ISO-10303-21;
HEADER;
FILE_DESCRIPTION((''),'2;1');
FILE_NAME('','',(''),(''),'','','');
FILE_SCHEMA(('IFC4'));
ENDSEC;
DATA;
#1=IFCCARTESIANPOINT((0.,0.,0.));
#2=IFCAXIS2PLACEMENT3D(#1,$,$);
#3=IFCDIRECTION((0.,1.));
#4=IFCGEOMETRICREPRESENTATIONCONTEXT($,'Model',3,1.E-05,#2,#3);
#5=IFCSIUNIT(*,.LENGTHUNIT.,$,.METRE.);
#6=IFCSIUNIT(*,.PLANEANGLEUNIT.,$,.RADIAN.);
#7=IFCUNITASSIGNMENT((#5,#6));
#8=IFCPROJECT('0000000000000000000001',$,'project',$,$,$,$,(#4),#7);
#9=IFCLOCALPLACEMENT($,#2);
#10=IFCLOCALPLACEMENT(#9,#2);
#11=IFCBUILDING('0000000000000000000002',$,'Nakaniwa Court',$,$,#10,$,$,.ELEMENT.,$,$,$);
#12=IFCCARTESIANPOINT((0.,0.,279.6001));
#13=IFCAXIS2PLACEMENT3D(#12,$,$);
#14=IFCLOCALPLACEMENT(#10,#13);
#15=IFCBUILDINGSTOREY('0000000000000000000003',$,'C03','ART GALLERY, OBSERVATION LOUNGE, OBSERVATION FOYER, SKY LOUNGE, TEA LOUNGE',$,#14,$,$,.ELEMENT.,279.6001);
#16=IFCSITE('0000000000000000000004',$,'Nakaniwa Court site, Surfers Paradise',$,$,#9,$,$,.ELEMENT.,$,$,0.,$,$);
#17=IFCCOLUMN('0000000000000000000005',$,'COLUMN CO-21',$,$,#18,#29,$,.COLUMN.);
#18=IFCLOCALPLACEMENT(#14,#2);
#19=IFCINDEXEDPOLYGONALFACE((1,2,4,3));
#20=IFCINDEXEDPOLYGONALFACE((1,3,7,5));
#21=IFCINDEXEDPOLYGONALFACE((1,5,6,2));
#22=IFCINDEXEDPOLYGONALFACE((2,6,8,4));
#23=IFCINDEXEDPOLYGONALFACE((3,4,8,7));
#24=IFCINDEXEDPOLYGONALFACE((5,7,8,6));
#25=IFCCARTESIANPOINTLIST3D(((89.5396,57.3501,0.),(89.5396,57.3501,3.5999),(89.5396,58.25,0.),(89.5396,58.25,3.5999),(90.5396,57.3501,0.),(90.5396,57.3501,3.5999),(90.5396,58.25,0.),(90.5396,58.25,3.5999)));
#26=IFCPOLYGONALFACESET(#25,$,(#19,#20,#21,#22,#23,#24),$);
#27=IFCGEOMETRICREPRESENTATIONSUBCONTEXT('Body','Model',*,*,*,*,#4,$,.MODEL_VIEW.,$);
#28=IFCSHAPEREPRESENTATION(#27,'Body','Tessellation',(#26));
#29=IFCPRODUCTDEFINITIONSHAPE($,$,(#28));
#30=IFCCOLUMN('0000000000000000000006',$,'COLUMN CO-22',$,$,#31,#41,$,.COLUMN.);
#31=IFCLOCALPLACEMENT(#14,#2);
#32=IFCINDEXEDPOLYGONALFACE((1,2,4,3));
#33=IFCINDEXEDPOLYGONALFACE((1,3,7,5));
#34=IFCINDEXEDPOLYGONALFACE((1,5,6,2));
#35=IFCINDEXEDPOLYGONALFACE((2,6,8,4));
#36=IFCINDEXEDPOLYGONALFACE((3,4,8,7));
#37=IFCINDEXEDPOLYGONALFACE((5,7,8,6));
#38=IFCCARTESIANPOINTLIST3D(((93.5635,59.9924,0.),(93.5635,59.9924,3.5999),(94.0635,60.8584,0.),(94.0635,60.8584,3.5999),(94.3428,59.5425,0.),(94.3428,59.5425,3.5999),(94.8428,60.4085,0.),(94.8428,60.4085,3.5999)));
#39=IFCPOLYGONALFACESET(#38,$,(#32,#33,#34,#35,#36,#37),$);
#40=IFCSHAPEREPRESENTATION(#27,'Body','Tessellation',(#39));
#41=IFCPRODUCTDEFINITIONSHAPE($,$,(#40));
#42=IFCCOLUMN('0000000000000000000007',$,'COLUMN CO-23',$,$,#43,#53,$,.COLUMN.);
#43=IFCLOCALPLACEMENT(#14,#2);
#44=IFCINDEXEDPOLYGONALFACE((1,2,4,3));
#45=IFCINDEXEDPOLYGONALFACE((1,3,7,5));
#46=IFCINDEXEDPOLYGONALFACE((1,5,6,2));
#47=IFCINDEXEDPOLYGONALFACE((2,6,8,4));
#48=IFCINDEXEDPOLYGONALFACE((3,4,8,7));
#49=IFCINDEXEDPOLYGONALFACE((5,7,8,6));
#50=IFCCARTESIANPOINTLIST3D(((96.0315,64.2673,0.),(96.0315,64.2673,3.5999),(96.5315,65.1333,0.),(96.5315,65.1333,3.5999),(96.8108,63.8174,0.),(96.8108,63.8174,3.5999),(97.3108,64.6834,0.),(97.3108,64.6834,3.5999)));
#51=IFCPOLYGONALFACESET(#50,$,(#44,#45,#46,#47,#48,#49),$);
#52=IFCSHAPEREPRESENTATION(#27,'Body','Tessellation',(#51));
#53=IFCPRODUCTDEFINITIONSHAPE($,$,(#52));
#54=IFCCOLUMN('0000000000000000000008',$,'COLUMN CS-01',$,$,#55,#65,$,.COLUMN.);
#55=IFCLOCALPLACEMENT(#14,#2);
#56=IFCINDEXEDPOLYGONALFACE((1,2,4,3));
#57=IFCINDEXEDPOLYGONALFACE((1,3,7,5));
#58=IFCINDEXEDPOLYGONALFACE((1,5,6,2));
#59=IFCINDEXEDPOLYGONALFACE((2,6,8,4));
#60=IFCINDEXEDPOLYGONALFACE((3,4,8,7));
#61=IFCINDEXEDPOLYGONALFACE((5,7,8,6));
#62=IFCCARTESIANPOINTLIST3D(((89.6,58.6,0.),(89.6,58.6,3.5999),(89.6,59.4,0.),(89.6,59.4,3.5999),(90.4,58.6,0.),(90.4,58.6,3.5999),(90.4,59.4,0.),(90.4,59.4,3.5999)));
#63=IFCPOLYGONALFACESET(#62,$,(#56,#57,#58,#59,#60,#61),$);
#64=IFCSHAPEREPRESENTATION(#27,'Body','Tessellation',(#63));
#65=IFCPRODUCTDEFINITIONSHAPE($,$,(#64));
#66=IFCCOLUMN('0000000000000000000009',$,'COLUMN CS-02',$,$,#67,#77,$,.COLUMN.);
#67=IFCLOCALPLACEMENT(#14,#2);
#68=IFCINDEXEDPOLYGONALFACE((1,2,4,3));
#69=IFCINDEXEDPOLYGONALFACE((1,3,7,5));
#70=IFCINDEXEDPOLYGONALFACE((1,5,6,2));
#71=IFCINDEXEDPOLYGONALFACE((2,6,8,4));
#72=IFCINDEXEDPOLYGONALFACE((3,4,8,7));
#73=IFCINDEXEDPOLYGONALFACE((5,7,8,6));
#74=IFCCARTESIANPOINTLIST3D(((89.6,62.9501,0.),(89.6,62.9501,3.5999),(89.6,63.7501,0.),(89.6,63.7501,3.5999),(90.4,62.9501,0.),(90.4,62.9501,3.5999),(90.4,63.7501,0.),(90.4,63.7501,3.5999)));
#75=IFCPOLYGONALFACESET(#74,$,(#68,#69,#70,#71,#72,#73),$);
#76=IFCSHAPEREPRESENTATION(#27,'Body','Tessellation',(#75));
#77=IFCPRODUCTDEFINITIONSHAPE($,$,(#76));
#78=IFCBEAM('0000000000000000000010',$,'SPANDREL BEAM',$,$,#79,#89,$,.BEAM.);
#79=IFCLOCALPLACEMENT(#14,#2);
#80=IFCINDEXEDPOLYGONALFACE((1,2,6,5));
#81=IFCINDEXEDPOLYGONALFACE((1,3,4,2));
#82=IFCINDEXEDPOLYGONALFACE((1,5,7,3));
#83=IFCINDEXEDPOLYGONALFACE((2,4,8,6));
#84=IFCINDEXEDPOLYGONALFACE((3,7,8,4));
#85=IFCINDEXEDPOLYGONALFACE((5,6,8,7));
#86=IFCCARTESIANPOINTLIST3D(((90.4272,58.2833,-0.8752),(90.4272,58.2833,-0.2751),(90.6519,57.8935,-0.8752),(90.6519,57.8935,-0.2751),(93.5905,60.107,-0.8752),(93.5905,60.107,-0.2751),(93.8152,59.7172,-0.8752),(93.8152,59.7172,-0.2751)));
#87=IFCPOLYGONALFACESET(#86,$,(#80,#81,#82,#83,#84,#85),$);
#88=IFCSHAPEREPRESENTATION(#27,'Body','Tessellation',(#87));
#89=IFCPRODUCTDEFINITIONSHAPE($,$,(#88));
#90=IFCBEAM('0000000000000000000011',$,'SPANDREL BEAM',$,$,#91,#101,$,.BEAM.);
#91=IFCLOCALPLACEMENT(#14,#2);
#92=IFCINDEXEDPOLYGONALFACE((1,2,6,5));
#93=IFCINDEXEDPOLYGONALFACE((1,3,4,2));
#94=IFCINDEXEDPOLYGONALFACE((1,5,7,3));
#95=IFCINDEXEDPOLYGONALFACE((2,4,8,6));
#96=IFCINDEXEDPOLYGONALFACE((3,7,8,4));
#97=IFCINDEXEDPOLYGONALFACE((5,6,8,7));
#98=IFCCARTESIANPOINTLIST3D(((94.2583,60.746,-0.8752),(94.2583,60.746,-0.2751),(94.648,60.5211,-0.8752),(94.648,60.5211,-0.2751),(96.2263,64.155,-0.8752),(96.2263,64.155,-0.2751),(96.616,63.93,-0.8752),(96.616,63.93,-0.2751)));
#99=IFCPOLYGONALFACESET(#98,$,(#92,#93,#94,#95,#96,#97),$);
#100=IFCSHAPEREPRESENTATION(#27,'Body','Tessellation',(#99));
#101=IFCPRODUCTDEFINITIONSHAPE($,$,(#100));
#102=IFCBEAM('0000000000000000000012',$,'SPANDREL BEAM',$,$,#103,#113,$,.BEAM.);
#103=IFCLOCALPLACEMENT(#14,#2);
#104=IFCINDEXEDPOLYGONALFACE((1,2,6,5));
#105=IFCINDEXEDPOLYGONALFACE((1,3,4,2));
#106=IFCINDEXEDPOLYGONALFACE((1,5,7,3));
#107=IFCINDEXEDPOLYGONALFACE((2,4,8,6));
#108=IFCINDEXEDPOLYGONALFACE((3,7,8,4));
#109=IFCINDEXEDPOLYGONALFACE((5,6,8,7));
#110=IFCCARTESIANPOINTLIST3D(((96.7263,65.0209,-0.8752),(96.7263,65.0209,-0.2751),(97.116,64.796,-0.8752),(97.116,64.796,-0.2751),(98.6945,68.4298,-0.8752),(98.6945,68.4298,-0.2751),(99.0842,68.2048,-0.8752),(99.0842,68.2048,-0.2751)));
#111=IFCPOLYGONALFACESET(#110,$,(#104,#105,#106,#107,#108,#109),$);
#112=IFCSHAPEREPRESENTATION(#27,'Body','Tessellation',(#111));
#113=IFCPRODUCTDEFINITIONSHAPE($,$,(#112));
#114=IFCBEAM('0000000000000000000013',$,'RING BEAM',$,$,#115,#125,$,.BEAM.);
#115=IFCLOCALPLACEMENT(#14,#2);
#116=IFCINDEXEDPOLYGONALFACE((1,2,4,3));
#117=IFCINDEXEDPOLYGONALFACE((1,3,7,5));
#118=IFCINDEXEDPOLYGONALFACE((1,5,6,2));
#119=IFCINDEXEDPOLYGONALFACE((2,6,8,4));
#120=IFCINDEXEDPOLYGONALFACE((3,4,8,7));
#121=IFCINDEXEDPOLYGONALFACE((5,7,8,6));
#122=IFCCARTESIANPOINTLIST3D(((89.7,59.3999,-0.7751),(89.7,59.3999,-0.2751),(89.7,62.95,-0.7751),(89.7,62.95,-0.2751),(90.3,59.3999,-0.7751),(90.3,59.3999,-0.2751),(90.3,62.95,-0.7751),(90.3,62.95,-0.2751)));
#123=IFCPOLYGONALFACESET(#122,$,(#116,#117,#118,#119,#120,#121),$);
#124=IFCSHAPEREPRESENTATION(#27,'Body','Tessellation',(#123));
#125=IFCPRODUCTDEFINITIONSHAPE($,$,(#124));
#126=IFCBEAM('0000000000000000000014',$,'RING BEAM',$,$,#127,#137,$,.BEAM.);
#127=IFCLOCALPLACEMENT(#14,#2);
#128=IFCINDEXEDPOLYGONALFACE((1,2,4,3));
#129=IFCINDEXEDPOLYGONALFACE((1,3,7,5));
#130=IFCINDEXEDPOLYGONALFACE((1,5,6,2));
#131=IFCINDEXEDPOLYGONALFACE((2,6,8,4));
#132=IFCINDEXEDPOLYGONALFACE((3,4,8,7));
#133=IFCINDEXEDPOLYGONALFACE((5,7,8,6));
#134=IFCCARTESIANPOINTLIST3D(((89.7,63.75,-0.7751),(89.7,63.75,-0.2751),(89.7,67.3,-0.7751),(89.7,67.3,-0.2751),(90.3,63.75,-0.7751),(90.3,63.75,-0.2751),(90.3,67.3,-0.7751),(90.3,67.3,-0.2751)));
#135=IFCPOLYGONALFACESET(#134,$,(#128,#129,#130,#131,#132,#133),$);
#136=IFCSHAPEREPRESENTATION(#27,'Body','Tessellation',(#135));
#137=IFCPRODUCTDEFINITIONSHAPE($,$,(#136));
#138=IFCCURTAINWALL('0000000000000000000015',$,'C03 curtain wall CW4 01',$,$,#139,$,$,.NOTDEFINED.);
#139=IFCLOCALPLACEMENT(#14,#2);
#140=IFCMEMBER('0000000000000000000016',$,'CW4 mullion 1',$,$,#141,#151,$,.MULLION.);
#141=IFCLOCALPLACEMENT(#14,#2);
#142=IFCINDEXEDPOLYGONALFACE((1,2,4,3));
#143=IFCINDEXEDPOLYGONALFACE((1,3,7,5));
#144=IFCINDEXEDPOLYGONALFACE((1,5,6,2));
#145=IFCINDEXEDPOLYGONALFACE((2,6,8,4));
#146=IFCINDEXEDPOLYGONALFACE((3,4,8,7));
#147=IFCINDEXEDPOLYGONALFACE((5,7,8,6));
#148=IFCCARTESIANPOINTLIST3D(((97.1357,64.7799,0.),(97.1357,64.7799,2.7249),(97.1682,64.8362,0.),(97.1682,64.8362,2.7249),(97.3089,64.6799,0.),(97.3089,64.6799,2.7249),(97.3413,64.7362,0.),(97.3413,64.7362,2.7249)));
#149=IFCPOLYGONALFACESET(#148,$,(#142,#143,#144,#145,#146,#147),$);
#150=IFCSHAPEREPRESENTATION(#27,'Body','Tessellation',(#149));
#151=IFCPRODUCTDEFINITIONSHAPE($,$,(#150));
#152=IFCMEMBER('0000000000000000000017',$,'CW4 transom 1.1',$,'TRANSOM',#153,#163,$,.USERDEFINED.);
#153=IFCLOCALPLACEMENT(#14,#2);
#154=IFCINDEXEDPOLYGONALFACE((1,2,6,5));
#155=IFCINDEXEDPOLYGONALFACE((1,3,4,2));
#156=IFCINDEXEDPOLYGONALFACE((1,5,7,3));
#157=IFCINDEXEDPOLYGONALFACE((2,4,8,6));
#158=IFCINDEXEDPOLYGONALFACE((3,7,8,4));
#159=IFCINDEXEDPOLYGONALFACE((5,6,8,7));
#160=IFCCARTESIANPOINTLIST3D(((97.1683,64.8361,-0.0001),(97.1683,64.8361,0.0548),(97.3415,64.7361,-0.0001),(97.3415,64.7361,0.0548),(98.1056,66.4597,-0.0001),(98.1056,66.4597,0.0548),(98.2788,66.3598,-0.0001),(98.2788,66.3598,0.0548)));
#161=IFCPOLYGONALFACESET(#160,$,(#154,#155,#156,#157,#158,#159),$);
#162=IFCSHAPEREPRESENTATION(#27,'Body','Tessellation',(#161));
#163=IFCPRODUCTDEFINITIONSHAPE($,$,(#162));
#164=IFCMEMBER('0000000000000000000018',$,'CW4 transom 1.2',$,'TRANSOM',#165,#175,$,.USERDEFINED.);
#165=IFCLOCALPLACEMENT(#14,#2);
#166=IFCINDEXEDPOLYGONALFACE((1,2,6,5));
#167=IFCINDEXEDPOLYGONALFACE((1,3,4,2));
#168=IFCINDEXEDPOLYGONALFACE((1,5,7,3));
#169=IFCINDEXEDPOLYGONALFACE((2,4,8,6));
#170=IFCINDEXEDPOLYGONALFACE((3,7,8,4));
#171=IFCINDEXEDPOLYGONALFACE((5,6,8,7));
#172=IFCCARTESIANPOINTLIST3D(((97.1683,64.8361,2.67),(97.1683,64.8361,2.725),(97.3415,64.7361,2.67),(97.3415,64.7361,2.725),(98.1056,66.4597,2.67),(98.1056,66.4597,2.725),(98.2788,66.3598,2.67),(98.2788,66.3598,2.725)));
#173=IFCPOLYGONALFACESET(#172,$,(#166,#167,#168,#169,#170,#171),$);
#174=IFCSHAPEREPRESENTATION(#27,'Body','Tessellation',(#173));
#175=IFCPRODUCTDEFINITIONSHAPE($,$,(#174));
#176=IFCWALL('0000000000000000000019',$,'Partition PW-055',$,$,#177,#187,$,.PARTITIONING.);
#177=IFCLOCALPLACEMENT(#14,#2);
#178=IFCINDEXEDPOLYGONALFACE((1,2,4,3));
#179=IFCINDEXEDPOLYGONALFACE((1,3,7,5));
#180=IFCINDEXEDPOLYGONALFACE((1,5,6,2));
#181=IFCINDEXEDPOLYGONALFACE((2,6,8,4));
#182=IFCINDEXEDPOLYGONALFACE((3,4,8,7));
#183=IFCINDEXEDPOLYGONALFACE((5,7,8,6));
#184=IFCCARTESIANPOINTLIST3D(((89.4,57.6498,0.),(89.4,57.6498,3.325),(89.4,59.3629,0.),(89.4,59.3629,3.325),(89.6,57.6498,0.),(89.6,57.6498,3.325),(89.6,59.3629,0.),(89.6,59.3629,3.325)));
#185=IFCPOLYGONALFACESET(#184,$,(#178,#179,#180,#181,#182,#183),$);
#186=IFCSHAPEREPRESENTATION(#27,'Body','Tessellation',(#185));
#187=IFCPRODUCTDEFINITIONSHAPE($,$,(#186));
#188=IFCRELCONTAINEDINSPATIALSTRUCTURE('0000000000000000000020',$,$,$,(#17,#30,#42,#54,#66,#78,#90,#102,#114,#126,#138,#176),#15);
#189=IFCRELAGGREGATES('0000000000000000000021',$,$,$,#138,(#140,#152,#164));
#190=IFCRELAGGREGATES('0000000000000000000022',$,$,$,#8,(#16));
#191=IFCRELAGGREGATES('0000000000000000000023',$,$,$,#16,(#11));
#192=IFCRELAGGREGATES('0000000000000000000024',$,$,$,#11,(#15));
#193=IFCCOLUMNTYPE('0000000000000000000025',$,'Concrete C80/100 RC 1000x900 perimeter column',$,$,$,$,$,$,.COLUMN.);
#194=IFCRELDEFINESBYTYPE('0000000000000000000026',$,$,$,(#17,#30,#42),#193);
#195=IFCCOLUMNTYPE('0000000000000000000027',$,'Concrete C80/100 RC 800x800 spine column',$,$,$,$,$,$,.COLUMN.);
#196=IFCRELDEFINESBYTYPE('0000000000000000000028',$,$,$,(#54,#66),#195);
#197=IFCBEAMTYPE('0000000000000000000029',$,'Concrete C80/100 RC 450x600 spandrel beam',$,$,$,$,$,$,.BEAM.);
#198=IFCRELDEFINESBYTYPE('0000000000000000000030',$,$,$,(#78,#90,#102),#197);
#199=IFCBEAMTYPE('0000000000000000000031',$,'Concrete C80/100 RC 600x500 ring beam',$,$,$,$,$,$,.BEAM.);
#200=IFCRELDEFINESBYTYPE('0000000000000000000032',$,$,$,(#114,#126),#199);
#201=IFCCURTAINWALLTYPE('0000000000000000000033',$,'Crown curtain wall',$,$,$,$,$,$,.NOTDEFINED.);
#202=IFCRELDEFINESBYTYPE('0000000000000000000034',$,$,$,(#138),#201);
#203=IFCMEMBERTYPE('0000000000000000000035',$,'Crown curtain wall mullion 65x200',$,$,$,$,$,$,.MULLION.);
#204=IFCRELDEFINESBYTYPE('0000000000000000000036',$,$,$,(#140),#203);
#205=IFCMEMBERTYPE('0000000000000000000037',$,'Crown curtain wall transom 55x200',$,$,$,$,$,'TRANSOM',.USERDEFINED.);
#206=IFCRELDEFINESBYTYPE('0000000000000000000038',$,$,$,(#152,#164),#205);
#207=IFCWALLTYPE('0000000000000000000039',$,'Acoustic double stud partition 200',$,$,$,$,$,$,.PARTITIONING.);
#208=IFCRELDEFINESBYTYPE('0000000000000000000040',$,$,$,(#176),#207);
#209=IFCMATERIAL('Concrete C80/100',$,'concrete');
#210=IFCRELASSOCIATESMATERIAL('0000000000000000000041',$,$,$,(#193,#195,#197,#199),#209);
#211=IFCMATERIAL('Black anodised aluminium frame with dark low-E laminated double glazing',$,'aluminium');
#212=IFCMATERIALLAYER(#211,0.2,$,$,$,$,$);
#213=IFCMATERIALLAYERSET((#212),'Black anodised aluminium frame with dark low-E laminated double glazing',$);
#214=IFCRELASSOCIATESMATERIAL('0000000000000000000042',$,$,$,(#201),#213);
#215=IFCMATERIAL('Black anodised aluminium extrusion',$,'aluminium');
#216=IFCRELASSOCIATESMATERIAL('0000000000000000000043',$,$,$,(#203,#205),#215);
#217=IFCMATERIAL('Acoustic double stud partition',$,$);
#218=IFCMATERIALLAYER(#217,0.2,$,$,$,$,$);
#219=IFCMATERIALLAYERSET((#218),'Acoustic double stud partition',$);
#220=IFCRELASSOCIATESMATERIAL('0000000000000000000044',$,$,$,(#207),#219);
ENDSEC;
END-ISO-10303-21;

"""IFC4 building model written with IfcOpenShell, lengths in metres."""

from ifc_helpers import new_model, si_unit, direction, frame, frame_2d, origin, origin_2d, place, context, subcontext, project, spatial, rectangle, extrude, material, layer, layer_set, material_profile, profile_set, type_object, element, aggregate, save


model = new_model("IFC4")

# Units and contexts
model_context = context("Model", 3, precision=1e-05, world=origin(), true_north=direction((0.0, 1.0)))
body_context = subcontext(model_context, "Body", "Model", "MODEL_VIEW")
ifc_project = project(units=[si_unit("LENGTHUNIT", "METRE"), si_unit("PLANEANGLEUNIT", "RADIAN")], contexts=[model_context])

# Site, building, storey
site_placement = place(None, origin())
site = spatial("IfcSite", under=ifc_project, at=site_placement, Name="Nakaniwa Court site, Surfers Paradise", CompositionType="ELEMENT", RefElevation=0.0)
building_placement = place(site_placement, origin())
building = spatial("IfcBuilding", under=site, at=building_placement, Name="Nakaniwa Court", CompositionType="ELEMENT")
storey_placement = place(building_placement, frame((0.0, 0.0, 279.6001)))
storey = spatial("IfcBuildingStorey", under=building, at=storey_placement, Name="C03", Description="ART GALLERY, OBSERVATION LOUNGE, OBSERVATION FOYER, SKY LOUNGE, TEA LOUNGE", CompositionType="ELEMENT", Elevation=279.6001)

# Columns
ifc_material_1 = material(Name="Concrete C80/100", Category="concrete")
ifc_material_profile_1 = material_profile(ifc_material_1, rectangle(XDim=1.0, YDim=0.8999, at=origin_2d()), Name="Concrete C80/100 RC 1000x900 perimeter column")
ifc_profile_set_1 = profile_set([ifc_material_profile_1], Name="Concrete C80/100")
column_type_1 = type_object("IfcColumnType", Name="Concrete C80/100 RC 1000x900 perimeter column", PredefinedType="COLUMN", material=ifc_profile_set_1)
for number, where, z_axis, x_axis, name in (
    (1, (90.0396, 57.8, 0.0), (0.0, 0.0, 1.0), (1.0, 0.0, 0.0), "COLUMN CO-21"),
    (2, (94.2031, 60.2004, 0.0), (0.0, 0.0, 1.0), (0.5, 0.866025, 0.0), "COLUMN CO-22"),
    (3, (96.6711, 64.4753, 0.0), (0.0, 0.0, 1.0), (0.5, 0.866025, 0.0), "COLUMN CO-23"),
):
    element("IfcColumn", number, at=place(storey_placement, frame(where, z_axis=z_axis, x_axis=x_axis)), inside=storey, type_object=column_type_1, Name=name, PredefinedType="COLUMN", context=body_context, shape_type="SweptSolid", body=[
        extrude(rectangle(XDim=1.0, YDim=0.8999, at=origin_2d()), origin(), (0.0, 0.0, 1.0), 3.5999),
    ])
ifc_material_profile_2 = material_profile(ifc_material_1, rectangle(XDim=0.8, YDim=0.8, at=origin_2d()), Name="Concrete C80/100 RC 800x800 spine column")
ifc_profile_set_2 = profile_set([ifc_material_profile_2], Name="Concrete C80/100")
column_type_2 = type_object("IfcColumnType", Name="Concrete C80/100 RC 800x800 spine column", PredefinedType="COLUMN", material=ifc_profile_set_2)
for number, where, z_axis, x_axis, name in (
    (4, (90.0, 59.0, 0.0), (0.0, 0.0, 1.0), (0.0, 1.0, 0.0), "COLUMN CS-01"),
    (5, (90.0, 63.3501, 0.0), (0.0, 0.0, 1.0), (0.0, 1.0, 0.0), "COLUMN CS-02"),
):
    element("IfcColumn", number, at=place(storey_placement, frame(where, z_axis=z_axis, x_axis=x_axis)), inside=storey, type_object=column_type_2, Name=name, PredefinedType="COLUMN", context=body_context, shape_type="SweptSolid", body=[
        extrude(rectangle(XDim=0.8, YDim=0.8, at=origin_2d()), origin(), (0.0, 0.0, 1.0), 3.5999),
    ])

# Beams
ifc_material_profile_3 = material_profile(ifc_material_1, rectangle(XDim=0.45, YDim=0.6001, at=origin_2d()), Name="Concrete C80/100 RC 450x600 spandrel beam")
ifc_profile_set_3 = profile_set([ifc_material_profile_3], Name="Concrete C80/100")
beam_type_1 = type_object("IfcBeamType", Name="Concrete C80/100 RC 450x600 spandrel beam", PredefinedType="BEAM", material=ifc_profile_set_3)
beam_placement = place(storey_placement, frame((90.5396, 58.0884, -0.5752), z_axis=(0.866336, 0.499462, 0.0), x_axis=(-0.499462, 0.866336, 0.0)))
element("IfcBeam", 6, at=beam_placement, inside=storey, type_object=beam_type_1, Name="SPANDREL BEAM", PredefinedType="BEAM", context=body_context, shape_type="SweptSolid", body=[
    extrude(rectangle(XDim=0.45, YDim=0.6001, at=origin_2d()), origin(), (0.0, 0.0, 1.0), 3.6514),
])
for number, where, z_axis, x_axis, name in (
    (7, (94.4531, 60.6335, -0.5752), (0.499975, 0.86604, 0.0), (-0.86604, 0.499975, 0.0), "SPANDREL BEAM"),
    (8, (96.9211, 64.9084, -0.5752), (0.500021, 0.866013, 0.0), (-0.866013, 0.500021, 0.0), "SPANDREL BEAM"),
):
    element("IfcBeam", number, at=place(storey_placement, frame(where, z_axis=z_axis, x_axis=x_axis)), inside=storey, type_object=beam_type_1, Name=name, PredefinedType="BEAM", context=body_context, shape_type="SweptSolid", body=[
        extrude(rectangle(XDim=0.45, YDim=0.6001, at=origin_2d()), origin(), (0.0, 0.0, 1.0), 3.9363),
    ])
ifc_material_profile_4 = material_profile(ifc_material_1, rectangle(XDim=0.6001, YDim=0.5, at=origin_2d()), Name="Concrete C80/100 RC 600x500 ring beam")
ifc_profile_set_4 = profile_set([ifc_material_profile_4], Name="Concrete C80/100")
beam_type_2 = type_object("IfcBeamType", Name="Concrete C80/100 RC 600x500 ring beam", PredefinedType="BEAM", material=ifc_profile_set_4)
for number, where, z_axis, x_axis, name in (
    (9, (90.0, 59.3999, -0.5251), (0.0, 1.0, 0.0), (-1.0, 0.0, 0.0), "RING BEAM"),
    (10, (90.0, 63.75, -0.5251), (0.0, 1.0, 0.0), (-1.0, 0.0, 0.0), "RING BEAM"),
):
    element("IfcBeam", number, at=place(storey_placement, frame(where, z_axis=z_axis, x_axis=x_axis)), inside=storey, type_object=beam_type_2, Name=name, PredefinedType="BEAM", context=body_context, shape_type="SweptSolid", body=[
        extrude(rectangle(XDim=0.6001, YDim=0.5, at=origin_2d()), origin(), (0.0, 0.0, 1.0), 3.55),
    ])

# Curtain wall, members
ifc_material_2 = material(Name="Black anodised aluminium frame with dark low-E laminated double glazing", Category="aluminium")
ifc_layer_1 = layer(ifc_material_2, 0.2)
ifc_layer_set_1 = layer_set([ifc_layer_1], Name="Black anodised aluminium frame with dark low-E laminated double glazing")
curtain_wall_type = type_object("IfcCurtainWallType", Name="Crown curtain wall", PredefinedType="NOTDEFINED", material=ifc_layer_set_1)
curtain_wall_placement = place(storey_placement, origin())
curtain_wall = element("IfcCurtainWall", 11, at=curtain_wall_placement, inside=storey, type_object=curtain_wall_type, Name="C03 curtain wall CW4 01", PredefinedType="NOTDEFINED")
ifc_material_3 = material(Name="Black anodised aluminium extrusion", Category="aluminium")
ifc_material_profile_5 = material_profile(ifc_material_3, rectangle(XDim=0.2, YDim=0.0649, at=origin_2d()), Name="Crown curtain wall mullion 65x200")
ifc_profile_set_5 = profile_set([ifc_material_profile_5], Name="Black anodised aluminium extrusion")
member_type_1 = type_object("IfcMemberType", Name="Crown curtain wall mullion 65x200", PredefinedType="MULLION", material=ifc_profile_set_5)
member_1_placement = place(storey_placement, frame((97.2385, 64.7581, 0.0), z_axis=(0.0, 0.0, 1.0), x_axis=(-0.866033, 0.499987, 0.0)))
member_1 = element("IfcMember", 12, at=member_1_placement, type_object=member_type_1, Name="CW4 mullion 1", PredefinedType="MULLION", context=body_context, shape_type="SweptSolid", body=[
    extrude(rectangle(XDim=0.2, YDim=0.0649, at=origin_2d()), origin(), (0.0, 0.0, 1.0), 2.7249),
])
ifc_material_profile_6 = material_profile(ifc_material_3, rectangle(XDim=0.2, YDim=0.0549, at=origin_2d()), Name="Crown curtain wall transom 55x200")
ifc_profile_set_6 = profile_set([ifc_material_profile_6], Name="Black anodised aluminium extrusion")
member_type_2 = type_object("IfcMemberType", Name="Crown curtain wall transom 55x200", ElementType="TRANSOM", PredefinedType="USERDEFINED", material=ifc_profile_set_6)
member_2_placement = place(storey_placement, frame((97.2549, 64.7861, 0.0273), z_axis=(0.499963, 0.866047, 0.0), x_axis=(-0.866047, 0.499963, 0.0)))
member_2 = element("IfcMember", 13, at=member_2_placement, type_object=member_type_2, Name="CW4 transom 1.1", ObjectType="TRANSOM", PredefinedType="USERDEFINED", context=body_context, shape_type="SweptSolid", body=[
    extrude(rectangle(XDim=0.2, YDim=0.0549, at=origin_2d()), origin(), (0.0, 0.0, 1.0), 1.8748),
])
member_3_placement = place(storey_placement, frame((97.2549, 64.7861, 2.6975), z_axis=(0.499963, 0.866047, 0.0), x_axis=(-0.866047, 0.499963, 0.0)))
member_3 = element("IfcMember", 14, at=member_3_placement, type_object=member_type_2, Name="CW4 transom 1.2", ObjectType="TRANSOM", PredefinedType="USERDEFINED", context=body_context, shape_type="SweptSolid", body=[
    extrude(rectangle(XDim=0.2, YDim=0.0549, at=origin_2d()), origin(), (0.0, 0.0, 1.0), 1.8748),
])
aggregate(curtain_wall, [member_1, member_2, member_3])

# Wall
ifc_material_4 = material(Name="Acoustic double stud partition")
ifc_layer_2 = layer(ifc_material_4, 0.2)
ifc_layer_set_2 = layer_set([ifc_layer_2], Name="Acoustic double stud partition")
wall_type_1 = type_object("IfcWallType", Name="Acoustic double stud partition 200", PredefinedType="PARTITIONING", material=ifc_layer_set_2)
wall_1_placement = place(storey_placement, frame((89.5, 57.6499, 0.0), z_axis=(0.0, 0.0, 1.0), x_axis=(0.0, 1.0, 0.0)))
element("IfcWall", 15, at=wall_1_placement, inside=storey, type_object=wall_type_1, Name="Partition PW-055", PredefinedType="PARTITIONING", context=body_context, shape_type="SweptSolid", body=[
    extrude(rectangle(XDim=1.7131, YDim=0.2, at=frame_2d((0.8564, 0.0))), origin(), (0.0, 0.0, 1.0), 3.325),
])

save(model, "model.ifc")
